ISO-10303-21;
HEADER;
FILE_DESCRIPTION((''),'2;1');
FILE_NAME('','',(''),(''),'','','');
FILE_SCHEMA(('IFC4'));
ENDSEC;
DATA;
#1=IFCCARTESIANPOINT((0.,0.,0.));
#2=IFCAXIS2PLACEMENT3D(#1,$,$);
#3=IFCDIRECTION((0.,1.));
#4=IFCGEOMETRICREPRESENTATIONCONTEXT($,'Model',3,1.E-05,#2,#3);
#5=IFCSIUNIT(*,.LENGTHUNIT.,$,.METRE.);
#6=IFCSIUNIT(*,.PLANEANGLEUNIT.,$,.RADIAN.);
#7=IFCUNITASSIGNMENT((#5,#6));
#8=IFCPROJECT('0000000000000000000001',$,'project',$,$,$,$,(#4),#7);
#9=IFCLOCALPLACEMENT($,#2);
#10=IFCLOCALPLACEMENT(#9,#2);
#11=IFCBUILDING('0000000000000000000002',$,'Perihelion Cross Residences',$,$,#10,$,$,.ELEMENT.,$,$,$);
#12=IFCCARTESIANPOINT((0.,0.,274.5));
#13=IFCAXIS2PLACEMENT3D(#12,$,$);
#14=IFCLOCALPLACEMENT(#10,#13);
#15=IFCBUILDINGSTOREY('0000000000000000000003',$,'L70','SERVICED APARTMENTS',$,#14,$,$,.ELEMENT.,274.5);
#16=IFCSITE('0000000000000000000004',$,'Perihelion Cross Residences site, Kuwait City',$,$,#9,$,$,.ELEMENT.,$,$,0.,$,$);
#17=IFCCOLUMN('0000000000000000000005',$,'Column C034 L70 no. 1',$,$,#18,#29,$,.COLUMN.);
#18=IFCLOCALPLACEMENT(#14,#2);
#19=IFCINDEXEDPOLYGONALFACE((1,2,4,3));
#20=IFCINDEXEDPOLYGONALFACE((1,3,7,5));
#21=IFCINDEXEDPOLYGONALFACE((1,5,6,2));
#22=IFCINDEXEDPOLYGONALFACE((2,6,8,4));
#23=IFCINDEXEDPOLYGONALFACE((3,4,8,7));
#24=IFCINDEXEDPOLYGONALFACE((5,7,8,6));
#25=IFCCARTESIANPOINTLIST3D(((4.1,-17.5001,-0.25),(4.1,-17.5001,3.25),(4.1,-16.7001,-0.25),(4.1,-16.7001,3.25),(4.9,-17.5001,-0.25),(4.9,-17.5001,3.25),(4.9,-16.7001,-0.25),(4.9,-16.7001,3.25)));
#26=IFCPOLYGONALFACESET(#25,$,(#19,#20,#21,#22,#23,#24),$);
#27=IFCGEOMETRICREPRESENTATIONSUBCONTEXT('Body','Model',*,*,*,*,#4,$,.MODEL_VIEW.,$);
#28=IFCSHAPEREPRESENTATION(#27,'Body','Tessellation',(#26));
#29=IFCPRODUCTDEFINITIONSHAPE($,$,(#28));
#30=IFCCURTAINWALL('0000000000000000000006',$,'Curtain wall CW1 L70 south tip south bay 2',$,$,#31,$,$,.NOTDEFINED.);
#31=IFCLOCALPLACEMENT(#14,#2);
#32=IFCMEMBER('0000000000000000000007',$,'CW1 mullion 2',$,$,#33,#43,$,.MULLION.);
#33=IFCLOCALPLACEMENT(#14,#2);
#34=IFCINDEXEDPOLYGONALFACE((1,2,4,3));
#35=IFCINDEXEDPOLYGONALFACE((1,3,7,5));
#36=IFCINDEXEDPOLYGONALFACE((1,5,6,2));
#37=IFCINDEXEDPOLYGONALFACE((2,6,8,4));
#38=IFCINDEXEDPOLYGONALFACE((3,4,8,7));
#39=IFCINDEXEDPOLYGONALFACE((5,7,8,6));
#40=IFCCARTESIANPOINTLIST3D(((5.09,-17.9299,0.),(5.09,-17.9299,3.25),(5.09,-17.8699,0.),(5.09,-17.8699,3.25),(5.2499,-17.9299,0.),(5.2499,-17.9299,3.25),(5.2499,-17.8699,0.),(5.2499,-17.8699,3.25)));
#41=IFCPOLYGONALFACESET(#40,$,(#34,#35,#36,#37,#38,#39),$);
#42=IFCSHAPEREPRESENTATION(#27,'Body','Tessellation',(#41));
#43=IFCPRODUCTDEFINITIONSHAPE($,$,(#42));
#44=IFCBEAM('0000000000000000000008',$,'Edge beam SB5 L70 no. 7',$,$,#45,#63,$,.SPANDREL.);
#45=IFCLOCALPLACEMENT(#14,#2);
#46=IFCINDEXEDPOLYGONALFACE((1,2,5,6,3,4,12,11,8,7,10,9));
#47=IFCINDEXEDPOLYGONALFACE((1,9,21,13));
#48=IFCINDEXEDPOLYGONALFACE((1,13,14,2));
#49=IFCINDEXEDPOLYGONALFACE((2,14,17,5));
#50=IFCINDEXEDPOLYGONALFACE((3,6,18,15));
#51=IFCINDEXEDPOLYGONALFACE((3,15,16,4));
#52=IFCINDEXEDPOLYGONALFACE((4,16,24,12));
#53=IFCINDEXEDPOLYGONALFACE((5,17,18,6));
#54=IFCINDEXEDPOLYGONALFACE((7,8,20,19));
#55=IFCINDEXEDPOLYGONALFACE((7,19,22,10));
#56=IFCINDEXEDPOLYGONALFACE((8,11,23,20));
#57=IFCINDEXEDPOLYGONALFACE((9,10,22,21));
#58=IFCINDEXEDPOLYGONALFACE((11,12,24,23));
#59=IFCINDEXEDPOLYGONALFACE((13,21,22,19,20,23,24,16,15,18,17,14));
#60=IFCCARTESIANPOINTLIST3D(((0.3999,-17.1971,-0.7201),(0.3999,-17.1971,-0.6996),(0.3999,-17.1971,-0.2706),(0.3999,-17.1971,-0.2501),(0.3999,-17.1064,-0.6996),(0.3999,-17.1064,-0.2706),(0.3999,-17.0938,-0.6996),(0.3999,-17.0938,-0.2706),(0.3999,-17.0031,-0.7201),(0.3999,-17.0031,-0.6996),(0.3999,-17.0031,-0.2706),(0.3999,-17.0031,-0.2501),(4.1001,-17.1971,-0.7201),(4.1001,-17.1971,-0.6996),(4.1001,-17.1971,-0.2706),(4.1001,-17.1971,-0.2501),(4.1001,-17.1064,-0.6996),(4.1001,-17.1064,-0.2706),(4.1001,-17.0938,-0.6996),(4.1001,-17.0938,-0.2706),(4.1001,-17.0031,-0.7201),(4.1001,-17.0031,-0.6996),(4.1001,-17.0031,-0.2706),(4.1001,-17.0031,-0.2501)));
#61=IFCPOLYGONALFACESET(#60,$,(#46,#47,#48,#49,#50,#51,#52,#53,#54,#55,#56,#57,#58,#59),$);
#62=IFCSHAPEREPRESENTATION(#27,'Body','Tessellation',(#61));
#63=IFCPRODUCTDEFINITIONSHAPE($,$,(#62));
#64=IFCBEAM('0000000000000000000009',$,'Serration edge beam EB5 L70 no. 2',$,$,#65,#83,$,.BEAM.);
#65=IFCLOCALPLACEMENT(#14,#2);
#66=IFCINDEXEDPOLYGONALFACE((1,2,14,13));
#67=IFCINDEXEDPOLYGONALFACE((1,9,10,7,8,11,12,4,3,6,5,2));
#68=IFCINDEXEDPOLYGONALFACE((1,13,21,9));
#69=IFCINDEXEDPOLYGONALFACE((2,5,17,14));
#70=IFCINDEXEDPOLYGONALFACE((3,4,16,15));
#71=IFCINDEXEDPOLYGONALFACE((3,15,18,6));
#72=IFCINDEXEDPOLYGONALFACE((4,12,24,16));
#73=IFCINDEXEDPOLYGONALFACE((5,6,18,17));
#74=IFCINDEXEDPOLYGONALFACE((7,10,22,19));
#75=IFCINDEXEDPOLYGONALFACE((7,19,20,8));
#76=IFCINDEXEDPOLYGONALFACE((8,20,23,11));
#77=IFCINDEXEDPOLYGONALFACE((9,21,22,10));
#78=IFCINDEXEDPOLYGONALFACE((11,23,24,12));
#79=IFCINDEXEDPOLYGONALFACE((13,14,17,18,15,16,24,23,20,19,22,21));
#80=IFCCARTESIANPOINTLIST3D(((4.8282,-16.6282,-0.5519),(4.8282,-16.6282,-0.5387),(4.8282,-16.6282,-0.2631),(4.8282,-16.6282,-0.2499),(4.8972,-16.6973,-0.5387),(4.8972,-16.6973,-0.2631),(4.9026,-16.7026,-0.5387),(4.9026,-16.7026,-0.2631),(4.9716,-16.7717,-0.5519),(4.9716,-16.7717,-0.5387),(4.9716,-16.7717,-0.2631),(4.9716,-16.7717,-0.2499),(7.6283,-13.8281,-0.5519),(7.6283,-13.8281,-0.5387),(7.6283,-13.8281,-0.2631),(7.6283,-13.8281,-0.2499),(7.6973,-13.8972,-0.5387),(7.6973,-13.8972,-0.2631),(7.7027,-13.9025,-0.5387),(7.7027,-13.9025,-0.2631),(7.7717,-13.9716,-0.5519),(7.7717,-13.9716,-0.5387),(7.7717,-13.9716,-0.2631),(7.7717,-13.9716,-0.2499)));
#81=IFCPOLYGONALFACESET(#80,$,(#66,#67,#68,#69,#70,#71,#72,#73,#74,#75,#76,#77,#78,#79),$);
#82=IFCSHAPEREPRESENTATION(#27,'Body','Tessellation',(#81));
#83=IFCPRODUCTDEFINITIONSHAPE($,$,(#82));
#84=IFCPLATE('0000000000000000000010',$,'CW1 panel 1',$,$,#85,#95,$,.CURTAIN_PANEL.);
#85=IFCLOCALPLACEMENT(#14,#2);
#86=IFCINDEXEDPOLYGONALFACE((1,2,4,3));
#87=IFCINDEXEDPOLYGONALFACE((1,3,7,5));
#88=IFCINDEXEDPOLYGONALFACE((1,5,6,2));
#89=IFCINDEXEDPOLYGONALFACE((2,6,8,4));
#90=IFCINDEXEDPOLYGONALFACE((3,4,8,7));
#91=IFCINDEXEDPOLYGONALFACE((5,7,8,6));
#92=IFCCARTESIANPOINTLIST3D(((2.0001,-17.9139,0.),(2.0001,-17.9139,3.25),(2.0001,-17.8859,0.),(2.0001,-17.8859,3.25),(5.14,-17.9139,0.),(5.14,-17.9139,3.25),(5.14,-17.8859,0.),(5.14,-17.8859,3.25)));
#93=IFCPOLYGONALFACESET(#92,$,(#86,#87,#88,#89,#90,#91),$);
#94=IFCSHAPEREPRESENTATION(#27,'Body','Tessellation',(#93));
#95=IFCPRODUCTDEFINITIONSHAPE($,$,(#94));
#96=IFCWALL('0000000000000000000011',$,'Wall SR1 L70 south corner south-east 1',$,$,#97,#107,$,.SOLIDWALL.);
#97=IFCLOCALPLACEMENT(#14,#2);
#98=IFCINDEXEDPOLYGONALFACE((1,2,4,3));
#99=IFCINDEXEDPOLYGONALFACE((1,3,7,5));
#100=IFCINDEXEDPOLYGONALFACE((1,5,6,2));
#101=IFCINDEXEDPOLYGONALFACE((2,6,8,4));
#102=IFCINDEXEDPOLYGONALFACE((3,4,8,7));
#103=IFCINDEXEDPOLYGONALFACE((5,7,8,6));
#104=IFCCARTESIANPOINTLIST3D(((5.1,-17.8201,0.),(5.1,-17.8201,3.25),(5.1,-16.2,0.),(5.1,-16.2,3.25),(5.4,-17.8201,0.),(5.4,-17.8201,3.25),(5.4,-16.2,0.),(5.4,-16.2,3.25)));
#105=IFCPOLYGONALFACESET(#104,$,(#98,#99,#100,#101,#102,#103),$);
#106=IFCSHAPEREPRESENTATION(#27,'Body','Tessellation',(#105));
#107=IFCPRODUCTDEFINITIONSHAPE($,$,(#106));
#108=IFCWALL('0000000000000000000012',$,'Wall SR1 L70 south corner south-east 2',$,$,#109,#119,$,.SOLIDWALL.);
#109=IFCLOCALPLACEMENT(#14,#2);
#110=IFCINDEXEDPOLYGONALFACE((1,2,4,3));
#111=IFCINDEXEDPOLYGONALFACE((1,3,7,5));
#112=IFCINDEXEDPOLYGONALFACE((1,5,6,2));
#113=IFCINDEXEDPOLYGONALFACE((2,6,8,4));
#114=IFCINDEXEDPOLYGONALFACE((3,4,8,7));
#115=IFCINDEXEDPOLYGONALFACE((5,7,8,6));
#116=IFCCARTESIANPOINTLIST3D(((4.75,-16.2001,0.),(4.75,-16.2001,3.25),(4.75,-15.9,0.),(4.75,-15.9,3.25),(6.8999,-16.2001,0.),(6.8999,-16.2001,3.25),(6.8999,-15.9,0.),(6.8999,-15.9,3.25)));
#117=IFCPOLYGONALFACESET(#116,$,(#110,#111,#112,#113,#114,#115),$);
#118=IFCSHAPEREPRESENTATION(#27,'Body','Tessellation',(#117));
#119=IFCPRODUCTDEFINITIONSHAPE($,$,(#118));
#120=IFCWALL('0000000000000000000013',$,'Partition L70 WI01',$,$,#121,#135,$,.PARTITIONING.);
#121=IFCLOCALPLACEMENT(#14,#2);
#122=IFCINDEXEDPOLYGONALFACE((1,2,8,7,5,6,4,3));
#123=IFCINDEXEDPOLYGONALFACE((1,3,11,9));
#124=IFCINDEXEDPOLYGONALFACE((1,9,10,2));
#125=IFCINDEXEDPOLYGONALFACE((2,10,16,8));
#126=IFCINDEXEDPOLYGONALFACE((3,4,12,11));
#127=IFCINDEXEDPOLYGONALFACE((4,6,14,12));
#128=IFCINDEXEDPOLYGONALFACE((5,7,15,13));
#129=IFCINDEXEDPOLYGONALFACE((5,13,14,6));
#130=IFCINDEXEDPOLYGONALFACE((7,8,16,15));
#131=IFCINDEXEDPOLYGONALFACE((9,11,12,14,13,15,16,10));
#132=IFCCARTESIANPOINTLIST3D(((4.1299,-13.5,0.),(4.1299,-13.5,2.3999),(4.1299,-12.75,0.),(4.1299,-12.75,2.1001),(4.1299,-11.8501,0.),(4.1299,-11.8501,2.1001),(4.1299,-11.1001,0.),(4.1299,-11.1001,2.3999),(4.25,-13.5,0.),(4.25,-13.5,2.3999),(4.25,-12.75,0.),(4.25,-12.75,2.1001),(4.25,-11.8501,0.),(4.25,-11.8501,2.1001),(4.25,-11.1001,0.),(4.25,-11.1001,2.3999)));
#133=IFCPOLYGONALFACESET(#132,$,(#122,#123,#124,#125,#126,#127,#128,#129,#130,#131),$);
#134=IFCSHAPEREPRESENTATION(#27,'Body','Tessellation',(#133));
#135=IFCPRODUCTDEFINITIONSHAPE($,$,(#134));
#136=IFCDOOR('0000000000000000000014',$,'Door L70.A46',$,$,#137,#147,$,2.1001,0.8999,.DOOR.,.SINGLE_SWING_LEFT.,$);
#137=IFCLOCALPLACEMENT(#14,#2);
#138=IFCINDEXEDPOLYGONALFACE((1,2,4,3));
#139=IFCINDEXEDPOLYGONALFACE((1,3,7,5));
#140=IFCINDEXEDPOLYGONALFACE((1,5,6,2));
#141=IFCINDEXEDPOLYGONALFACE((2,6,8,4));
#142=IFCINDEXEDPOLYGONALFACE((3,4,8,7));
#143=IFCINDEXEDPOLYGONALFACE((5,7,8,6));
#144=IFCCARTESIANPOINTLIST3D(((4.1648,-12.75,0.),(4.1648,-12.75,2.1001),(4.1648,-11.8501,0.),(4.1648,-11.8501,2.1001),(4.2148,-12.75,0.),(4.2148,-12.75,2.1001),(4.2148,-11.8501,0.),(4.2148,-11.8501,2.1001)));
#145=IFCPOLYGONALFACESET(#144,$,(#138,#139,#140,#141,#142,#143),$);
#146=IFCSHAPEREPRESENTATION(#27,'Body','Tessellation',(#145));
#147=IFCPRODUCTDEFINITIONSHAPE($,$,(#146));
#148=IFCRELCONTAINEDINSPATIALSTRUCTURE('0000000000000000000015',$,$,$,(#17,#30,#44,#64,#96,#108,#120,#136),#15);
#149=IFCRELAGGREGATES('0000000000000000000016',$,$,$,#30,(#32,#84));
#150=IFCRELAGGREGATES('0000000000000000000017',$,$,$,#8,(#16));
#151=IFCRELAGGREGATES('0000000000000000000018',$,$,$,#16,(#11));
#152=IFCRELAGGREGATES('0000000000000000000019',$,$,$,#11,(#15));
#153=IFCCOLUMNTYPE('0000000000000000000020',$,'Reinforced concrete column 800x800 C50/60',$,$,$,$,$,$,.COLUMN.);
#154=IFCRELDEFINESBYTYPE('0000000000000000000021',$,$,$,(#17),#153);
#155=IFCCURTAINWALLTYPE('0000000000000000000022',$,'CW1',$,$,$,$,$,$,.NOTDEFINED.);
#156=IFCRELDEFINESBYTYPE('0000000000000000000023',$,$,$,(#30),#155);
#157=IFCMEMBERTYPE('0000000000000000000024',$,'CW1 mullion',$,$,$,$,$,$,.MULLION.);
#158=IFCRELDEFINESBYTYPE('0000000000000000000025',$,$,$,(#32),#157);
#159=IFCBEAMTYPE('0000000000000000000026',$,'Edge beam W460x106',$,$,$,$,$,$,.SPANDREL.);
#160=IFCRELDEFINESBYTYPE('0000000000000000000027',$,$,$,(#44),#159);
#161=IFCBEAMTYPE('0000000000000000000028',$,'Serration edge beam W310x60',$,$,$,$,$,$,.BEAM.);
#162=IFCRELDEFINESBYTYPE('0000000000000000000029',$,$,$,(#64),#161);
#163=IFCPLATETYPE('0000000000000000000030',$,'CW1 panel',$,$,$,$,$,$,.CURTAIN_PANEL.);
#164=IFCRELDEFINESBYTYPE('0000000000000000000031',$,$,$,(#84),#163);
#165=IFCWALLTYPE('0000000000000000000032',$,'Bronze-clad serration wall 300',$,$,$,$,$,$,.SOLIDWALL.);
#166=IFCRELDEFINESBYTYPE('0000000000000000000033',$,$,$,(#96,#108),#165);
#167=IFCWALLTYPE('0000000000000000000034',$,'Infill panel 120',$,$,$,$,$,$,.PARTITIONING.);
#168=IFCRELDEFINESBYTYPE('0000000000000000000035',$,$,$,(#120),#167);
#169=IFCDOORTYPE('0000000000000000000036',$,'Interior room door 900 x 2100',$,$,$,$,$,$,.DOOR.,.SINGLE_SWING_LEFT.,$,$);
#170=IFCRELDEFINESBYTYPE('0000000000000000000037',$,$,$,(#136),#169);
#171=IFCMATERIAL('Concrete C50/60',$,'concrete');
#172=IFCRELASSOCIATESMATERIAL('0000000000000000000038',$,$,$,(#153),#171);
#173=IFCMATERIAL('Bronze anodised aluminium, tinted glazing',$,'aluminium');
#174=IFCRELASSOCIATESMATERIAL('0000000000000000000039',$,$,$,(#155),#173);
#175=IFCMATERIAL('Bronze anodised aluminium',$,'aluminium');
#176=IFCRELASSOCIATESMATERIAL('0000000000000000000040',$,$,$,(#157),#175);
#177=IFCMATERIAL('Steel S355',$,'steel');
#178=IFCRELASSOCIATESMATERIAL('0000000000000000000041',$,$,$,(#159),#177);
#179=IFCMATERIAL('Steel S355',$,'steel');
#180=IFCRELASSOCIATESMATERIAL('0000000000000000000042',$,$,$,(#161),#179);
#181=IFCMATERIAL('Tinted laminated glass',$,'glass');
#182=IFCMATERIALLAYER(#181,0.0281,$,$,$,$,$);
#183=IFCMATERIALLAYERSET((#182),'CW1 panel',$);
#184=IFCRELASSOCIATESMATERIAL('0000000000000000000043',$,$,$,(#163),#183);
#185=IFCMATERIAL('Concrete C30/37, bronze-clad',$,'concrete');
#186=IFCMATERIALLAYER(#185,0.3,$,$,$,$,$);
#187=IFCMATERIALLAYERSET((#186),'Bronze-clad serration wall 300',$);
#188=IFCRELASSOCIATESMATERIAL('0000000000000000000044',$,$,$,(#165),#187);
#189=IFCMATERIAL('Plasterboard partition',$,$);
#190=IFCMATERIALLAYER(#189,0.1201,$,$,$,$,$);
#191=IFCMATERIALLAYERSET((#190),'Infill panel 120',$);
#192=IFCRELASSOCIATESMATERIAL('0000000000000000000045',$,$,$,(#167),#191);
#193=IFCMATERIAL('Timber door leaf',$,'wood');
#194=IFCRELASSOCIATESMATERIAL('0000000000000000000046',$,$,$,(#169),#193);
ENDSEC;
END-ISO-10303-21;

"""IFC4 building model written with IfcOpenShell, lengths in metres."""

from ifc_helpers import new_model, si_unit, direction, frame, frame_2d, origin, origin_2d, place, context, subcontext, project, spatial, rectangle, i_section, extrude, material, layer, layer_set, material_profile, profile_set, type_object, element, fill, aggregate, save


model = new_model("IFC4")

# Units and contexts
model_context = context("Model", 3, precision=1e-05, world=origin(), true_north=direction((0.0, 1.0)))
body_context = subcontext(model_context, "Body", "Model", "MODEL_VIEW")
ifc_project = project(units=[si_unit("LENGTHUNIT", "METRE"), si_unit("PLANEANGLEUNIT", "RADIAN")], contexts=[model_context])

# Site, building, storey
site_placement = place(None, origin())
site = spatial("IfcSite", under=ifc_project, at=site_placement, Name="Perihelion Cross Residences site, Kuwait City", CompositionType="ELEMENT", RefElevation=0.0)
building_placement = place(site_placement, origin())
building = spatial("IfcBuilding", under=site, at=building_placement, Name="Perihelion Cross Residences", CompositionType="ELEMENT")
storey_placement = place(building_placement, frame((0.0, 0.0, 274.5)))
storey = spatial("IfcBuildingStorey", under=building, at=storey_placement, Name="L70", Description="SERVICED APARTMENTS", CompositionType="ELEMENT", Elevation=274.5)

# Column
ifc_material_1 = material(Name="Concrete C50/60", Category="concrete")
ifc_material_profile_1 = material_profile(ifc_material_1, rectangle(XDim=0.8, YDim=0.8, at=origin_2d()), Name="RC 800x800")
ifc_profile_set_1 = profile_set([ifc_material_profile_1], Name="Concrete C50/60")
column_type = type_object("IfcColumnType", Name="Reinforced concrete column 800x800 C50/60", PredefinedType="COLUMN", material=ifc_profile_set_1)
column_placement = place(storey_placement, frame((4.5, -17.1001, -0.25), z_axis=(0.0, 0.0, 1.0), x_axis=(1.0, 0.0, 0.0)))
element("IfcColumn", 1, at=column_placement, inside=storey, type_object=column_type, Name="Column C034 L70 no. 1", PredefinedType="COLUMN", context=body_context, shape_type="SweptSolid", body=[
    extrude(rectangle(XDim=0.8, YDim=0.8, at=origin_2d()), origin(), (0.0, 0.0, 1.0), 3.5),
])

# Curtain wall, member
ifc_material_2 = material(Name="Bronze anodised aluminium, tinted glazing", Category="aluminium")
curtain_wall_type = type_object("IfcCurtainWallType", Name="CW1", PredefinedType="NOTDEFINED", material=ifc_material_2)
curtain_wall_placement = place(storey_placement, origin())
curtain_wall = element("IfcCurtainWall", 2, at=curtain_wall_placement, inside=storey, type_object=curtain_wall_type, Name="Curtain wall CW1 L70 south tip south bay 2", PredefinedType="NOTDEFINED")
ifc_material_3 = material(Name="Bronze anodised aluminium", Category="aluminium")
ifc_material_profile_2 = material_profile(ifc_material_3, rectangle(XDim=0.0601, YDim=0.1599, at=origin_2d()), Name="CW1 mullion")
ifc_profile_set_2 = profile_set([ifc_material_profile_2], Name="Bronze anodised aluminium")
member_type = type_object("IfcMemberType", Name="CW1 mullion", PredefinedType="MULLION", material=ifc_profile_set_2)
member_placement = place(storey_placement, frame((5.1699, -17.8999, 0.0), z_axis=(0.0, 0.0, 1.0), x_axis=(0.0, 1.0, 0.0)))
member = element("IfcMember", 3, at=member_placement, type_object=member_type, Name="CW1 mullion 2", PredefinedType="MULLION", context=body_context, shape_type="SweptSolid", body=[
    extrude(rectangle(XDim=0.0601, YDim=0.1599, at=origin_2d()), origin(), (0.0, 0.0, 1.0), 3.25),
])

# Beams
ifc_material_4 = material(Name="Steel S355", Category="steel")
ifc_material_profile_3 = material_profile(ifc_material_4, i_section(OverallWidth=0.1941, OverallDepth=0.47, WebThickness=0.0127, FlangeThickness=0.0205, at=origin_2d()), Name="W460x106")
ifc_profile_set_3 = profile_set([ifc_material_profile_3], Name="Steel S355")
beam_type_1 = type_object("IfcBeamType", Name="Edge beam W460x106", PredefinedType="SPANDREL", material=ifc_profile_set_3)
beam_1_placement = place(storey_placement, frame((0.3999, -17.1001, -0.4851), z_axis=(1.0, 0.0, 0.0), x_axis=(0.0, 1.0, 0.0)))
element("IfcBeam", 4, at=beam_1_placement, inside=storey, type_object=beam_type_1, Name="Edge beam SB5 L70 no. 7", PredefinedType="SPANDREL", context=body_context, shape_type="SweptSolid", body=[
    extrude(i_section(OverallWidth=0.1941, OverallDepth=0.47, WebThickness=0.0127, FlangeThickness=0.0205, at=origin_2d()), origin(), (0.0, 0.0, 1.0), 3.7002),
])
ifc_material_5 = material(Name="Steel S355", Category="steel")
ifc_material_profile_4 = material_profile(ifc_material_5, i_section(OverallWidth=0.2029, OverallDepth=0.302, WebThickness=0.0076, FlangeThickness=0.0132, at=origin_2d()), Name="W310x60")
ifc_profile_set_4 = profile_set([ifc_material_profile_4], Name="Steel S355")
beam_type_2 = type_object("IfcBeamType", Name="Serration edge beam W310x60", PredefinedType="BEAM", material=ifc_profile_set_4)
beam_2_placement = place(storey_placement, frame((4.8999, -16.7, -0.4009), z_axis=(0.707107, 0.707107, 0.0), x_axis=(-0.707107, 0.707107, 0.0)))
element("IfcBeam", 5, at=beam_2_placement, inside=storey, type_object=beam_type_2, Name="Serration edge beam EB5 L70 no. 2", PredefinedType="BEAM", context=body_context, shape_type="SweptSolid", body=[
    extrude(i_section(OverallWidth=0.2029, OverallDepth=0.302, WebThickness=0.0076, FlangeThickness=0.0132, at=origin_2d()), origin(), (0.0, 0.0, 1.0), 3.96),
])

# Plate
ifc_material_6 = material(Name="Tinted laminated glass", Category="glass")
ifc_layer_1 = layer(ifc_material_6, 0.0281)
ifc_layer_set_1 = layer_set([ifc_layer_1], Name="CW1 panel")
plate_type = type_object("IfcPlateType", Name="CW1 panel", PredefinedType="CURTAIN_PANEL", material=ifc_layer_set_1)
plate_placement = place(storey_placement, frame((3.5701, -17.8999, 0.0), z_axis=(0.0, 0.0, 1.0), x_axis=(1.0, 0.0, 0.0)))
plate = element("IfcPlate", 6, at=plate_placement, type_object=plate_type, Name="CW1 panel 1", PredefinedType="CURTAIN_PANEL", context=body_context, shape_type="SweptSolid", body=[
    extrude(rectangle(XDim=3.1399, YDim=0.0281, at=origin_2d()), origin(), (0.0, 0.0, 1.0), 3.25),
])
aggregate(curtain_wall, [member, plate])

# Walls
ifc_material_7 = material(Name="Concrete C30/37, bronze-clad", Category="concrete")
ifc_layer_2 = layer(ifc_material_7, 0.3)
ifc_layer_set_2 = layer_set([ifc_layer_2], Name="Bronze-clad serration wall 300")
wall_type_1 = type_object("IfcWallType", Name="Bronze-clad serration wall 300", PredefinedType="SOLIDWALL", material=ifc_layer_set_2)
wall_1_placement = place(storey_placement, frame((5.25, -17.8201, 0.0), z_axis=(0.0, 0.0, 1.0), x_axis=(0.0, 1.0, 0.0)))
element("IfcWall", 7, at=wall_1_placement, inside=storey, type_object=wall_type_1, Name="Wall SR1 L70 south corner south-east 1", PredefinedType="SOLIDWALL", context=body_context, shape_type="SweptSolid", body=[
    extrude(rectangle(XDim=1.6201, YDim=0.3, at=frame_2d((0.8101, 0.0))), origin(), (0.0, 0.0, 1.0), 3.25),
])
wall_2_placement = place(storey_placement, frame((4.75, -16.05, 0.0), z_axis=(0.0, 0.0, 1.0), x_axis=(1.0, 0.0, 0.0)))
element("IfcWall", 8, at=wall_2_placement, inside=storey, type_object=wall_type_1, Name="Wall SR1 L70 south corner south-east 2", PredefinedType="SOLIDWALL", context=body_context, shape_type="SweptSolid", body=[
    extrude(rectangle(XDim=2.1499, YDim=0.3, at=frame_2d((1.075, 0.0))), origin(), (0.0, 0.0, 1.0), 3.25),
])

# Wall, opening, door
ifc_material_8 = material(Name="Plasterboard partition")
ifc_layer_3 = layer(ifc_material_8, 0.1201)
ifc_layer_set_3 = layer_set([ifc_layer_3], Name="Infill panel 120")
wall_type_2 = type_object("IfcWallType", Name="Infill panel 120", PredefinedType="PARTITIONING", material=ifc_layer_set_3)
wall_3_placement = place(storey_placement, frame((4.1899, -11.1001, 0.0), z_axis=(0.0, 0.0, 1.0), x_axis=(0.0, -1.0, 0.0)))
wall_3 = element("IfcWall", 9, at=wall_3_placement, inside=storey, type_object=wall_type_2, Name="Partition L70 WI01", PredefinedType="PARTITIONING", context=body_context, shape_type="SweptSolid", body=[
    extrude(rectangle(XDim=2.3999, YDim=0.1201, at=frame_2d((1.2, 0.0))), origin(), (0.0, 0.0, 1.0), 2.3999),
])
opening_1_placement = place(wall_3_placement, frame((0.75, 0.0, 0.0)))
opening_1 = element("IfcOpeningElement", 10, at=opening_1_placement, cuts=wall_3, PredefinedType="OPENING", context=body_context, shape_type="SweptSolid", body=[
    extrude(rectangle(XDim=0.8999, YDim=2.1001, at=frame_2d((0.45, 1.05))), frame((0.0, 0.0701, 0.0), z_axis=(0.0, -1.0, 0.0), x_axis=(1.0, 0.0, 0.0)), (0.0, 0.0, 1.0), 0.1401),
])
ifc_material_9 = material(Name="Timber door leaf", Category="wood")
door_type_1 = type_object("IfcDoorType", Name="Interior room door 900 x 2100", OperationType="SINGLE_SWING_LEFT", PredefinedType="DOOR", material=ifc_material_9)
door_1_placement = place(opening_1_placement, origin())
door_1 = element("IfcDoor", 11, at=door_1_placement, inside=storey, type_object=door_type_1, Name="Door L70.A46", OperationType="SINGLE_SWING_LEFT", OverallHeight=2.1001, OverallWidth=0.8999, PredefinedType="DOOR", context=body_context, shape_type="SweptSolid", body=[
    extrude(rectangle(XDim=0.8999, YDim=2.1001, at=frame_2d((0.45, 1.05))), frame((0.0, 0.0249, 0.0), z_axis=(0.0, -1.0, 0.0), x_axis=(1.0, 0.0, 0.0)), (0.0, 0.0, 1.0), 0.05),
])
fill(opening_1, door_1)

save(model, "model.ifc")
